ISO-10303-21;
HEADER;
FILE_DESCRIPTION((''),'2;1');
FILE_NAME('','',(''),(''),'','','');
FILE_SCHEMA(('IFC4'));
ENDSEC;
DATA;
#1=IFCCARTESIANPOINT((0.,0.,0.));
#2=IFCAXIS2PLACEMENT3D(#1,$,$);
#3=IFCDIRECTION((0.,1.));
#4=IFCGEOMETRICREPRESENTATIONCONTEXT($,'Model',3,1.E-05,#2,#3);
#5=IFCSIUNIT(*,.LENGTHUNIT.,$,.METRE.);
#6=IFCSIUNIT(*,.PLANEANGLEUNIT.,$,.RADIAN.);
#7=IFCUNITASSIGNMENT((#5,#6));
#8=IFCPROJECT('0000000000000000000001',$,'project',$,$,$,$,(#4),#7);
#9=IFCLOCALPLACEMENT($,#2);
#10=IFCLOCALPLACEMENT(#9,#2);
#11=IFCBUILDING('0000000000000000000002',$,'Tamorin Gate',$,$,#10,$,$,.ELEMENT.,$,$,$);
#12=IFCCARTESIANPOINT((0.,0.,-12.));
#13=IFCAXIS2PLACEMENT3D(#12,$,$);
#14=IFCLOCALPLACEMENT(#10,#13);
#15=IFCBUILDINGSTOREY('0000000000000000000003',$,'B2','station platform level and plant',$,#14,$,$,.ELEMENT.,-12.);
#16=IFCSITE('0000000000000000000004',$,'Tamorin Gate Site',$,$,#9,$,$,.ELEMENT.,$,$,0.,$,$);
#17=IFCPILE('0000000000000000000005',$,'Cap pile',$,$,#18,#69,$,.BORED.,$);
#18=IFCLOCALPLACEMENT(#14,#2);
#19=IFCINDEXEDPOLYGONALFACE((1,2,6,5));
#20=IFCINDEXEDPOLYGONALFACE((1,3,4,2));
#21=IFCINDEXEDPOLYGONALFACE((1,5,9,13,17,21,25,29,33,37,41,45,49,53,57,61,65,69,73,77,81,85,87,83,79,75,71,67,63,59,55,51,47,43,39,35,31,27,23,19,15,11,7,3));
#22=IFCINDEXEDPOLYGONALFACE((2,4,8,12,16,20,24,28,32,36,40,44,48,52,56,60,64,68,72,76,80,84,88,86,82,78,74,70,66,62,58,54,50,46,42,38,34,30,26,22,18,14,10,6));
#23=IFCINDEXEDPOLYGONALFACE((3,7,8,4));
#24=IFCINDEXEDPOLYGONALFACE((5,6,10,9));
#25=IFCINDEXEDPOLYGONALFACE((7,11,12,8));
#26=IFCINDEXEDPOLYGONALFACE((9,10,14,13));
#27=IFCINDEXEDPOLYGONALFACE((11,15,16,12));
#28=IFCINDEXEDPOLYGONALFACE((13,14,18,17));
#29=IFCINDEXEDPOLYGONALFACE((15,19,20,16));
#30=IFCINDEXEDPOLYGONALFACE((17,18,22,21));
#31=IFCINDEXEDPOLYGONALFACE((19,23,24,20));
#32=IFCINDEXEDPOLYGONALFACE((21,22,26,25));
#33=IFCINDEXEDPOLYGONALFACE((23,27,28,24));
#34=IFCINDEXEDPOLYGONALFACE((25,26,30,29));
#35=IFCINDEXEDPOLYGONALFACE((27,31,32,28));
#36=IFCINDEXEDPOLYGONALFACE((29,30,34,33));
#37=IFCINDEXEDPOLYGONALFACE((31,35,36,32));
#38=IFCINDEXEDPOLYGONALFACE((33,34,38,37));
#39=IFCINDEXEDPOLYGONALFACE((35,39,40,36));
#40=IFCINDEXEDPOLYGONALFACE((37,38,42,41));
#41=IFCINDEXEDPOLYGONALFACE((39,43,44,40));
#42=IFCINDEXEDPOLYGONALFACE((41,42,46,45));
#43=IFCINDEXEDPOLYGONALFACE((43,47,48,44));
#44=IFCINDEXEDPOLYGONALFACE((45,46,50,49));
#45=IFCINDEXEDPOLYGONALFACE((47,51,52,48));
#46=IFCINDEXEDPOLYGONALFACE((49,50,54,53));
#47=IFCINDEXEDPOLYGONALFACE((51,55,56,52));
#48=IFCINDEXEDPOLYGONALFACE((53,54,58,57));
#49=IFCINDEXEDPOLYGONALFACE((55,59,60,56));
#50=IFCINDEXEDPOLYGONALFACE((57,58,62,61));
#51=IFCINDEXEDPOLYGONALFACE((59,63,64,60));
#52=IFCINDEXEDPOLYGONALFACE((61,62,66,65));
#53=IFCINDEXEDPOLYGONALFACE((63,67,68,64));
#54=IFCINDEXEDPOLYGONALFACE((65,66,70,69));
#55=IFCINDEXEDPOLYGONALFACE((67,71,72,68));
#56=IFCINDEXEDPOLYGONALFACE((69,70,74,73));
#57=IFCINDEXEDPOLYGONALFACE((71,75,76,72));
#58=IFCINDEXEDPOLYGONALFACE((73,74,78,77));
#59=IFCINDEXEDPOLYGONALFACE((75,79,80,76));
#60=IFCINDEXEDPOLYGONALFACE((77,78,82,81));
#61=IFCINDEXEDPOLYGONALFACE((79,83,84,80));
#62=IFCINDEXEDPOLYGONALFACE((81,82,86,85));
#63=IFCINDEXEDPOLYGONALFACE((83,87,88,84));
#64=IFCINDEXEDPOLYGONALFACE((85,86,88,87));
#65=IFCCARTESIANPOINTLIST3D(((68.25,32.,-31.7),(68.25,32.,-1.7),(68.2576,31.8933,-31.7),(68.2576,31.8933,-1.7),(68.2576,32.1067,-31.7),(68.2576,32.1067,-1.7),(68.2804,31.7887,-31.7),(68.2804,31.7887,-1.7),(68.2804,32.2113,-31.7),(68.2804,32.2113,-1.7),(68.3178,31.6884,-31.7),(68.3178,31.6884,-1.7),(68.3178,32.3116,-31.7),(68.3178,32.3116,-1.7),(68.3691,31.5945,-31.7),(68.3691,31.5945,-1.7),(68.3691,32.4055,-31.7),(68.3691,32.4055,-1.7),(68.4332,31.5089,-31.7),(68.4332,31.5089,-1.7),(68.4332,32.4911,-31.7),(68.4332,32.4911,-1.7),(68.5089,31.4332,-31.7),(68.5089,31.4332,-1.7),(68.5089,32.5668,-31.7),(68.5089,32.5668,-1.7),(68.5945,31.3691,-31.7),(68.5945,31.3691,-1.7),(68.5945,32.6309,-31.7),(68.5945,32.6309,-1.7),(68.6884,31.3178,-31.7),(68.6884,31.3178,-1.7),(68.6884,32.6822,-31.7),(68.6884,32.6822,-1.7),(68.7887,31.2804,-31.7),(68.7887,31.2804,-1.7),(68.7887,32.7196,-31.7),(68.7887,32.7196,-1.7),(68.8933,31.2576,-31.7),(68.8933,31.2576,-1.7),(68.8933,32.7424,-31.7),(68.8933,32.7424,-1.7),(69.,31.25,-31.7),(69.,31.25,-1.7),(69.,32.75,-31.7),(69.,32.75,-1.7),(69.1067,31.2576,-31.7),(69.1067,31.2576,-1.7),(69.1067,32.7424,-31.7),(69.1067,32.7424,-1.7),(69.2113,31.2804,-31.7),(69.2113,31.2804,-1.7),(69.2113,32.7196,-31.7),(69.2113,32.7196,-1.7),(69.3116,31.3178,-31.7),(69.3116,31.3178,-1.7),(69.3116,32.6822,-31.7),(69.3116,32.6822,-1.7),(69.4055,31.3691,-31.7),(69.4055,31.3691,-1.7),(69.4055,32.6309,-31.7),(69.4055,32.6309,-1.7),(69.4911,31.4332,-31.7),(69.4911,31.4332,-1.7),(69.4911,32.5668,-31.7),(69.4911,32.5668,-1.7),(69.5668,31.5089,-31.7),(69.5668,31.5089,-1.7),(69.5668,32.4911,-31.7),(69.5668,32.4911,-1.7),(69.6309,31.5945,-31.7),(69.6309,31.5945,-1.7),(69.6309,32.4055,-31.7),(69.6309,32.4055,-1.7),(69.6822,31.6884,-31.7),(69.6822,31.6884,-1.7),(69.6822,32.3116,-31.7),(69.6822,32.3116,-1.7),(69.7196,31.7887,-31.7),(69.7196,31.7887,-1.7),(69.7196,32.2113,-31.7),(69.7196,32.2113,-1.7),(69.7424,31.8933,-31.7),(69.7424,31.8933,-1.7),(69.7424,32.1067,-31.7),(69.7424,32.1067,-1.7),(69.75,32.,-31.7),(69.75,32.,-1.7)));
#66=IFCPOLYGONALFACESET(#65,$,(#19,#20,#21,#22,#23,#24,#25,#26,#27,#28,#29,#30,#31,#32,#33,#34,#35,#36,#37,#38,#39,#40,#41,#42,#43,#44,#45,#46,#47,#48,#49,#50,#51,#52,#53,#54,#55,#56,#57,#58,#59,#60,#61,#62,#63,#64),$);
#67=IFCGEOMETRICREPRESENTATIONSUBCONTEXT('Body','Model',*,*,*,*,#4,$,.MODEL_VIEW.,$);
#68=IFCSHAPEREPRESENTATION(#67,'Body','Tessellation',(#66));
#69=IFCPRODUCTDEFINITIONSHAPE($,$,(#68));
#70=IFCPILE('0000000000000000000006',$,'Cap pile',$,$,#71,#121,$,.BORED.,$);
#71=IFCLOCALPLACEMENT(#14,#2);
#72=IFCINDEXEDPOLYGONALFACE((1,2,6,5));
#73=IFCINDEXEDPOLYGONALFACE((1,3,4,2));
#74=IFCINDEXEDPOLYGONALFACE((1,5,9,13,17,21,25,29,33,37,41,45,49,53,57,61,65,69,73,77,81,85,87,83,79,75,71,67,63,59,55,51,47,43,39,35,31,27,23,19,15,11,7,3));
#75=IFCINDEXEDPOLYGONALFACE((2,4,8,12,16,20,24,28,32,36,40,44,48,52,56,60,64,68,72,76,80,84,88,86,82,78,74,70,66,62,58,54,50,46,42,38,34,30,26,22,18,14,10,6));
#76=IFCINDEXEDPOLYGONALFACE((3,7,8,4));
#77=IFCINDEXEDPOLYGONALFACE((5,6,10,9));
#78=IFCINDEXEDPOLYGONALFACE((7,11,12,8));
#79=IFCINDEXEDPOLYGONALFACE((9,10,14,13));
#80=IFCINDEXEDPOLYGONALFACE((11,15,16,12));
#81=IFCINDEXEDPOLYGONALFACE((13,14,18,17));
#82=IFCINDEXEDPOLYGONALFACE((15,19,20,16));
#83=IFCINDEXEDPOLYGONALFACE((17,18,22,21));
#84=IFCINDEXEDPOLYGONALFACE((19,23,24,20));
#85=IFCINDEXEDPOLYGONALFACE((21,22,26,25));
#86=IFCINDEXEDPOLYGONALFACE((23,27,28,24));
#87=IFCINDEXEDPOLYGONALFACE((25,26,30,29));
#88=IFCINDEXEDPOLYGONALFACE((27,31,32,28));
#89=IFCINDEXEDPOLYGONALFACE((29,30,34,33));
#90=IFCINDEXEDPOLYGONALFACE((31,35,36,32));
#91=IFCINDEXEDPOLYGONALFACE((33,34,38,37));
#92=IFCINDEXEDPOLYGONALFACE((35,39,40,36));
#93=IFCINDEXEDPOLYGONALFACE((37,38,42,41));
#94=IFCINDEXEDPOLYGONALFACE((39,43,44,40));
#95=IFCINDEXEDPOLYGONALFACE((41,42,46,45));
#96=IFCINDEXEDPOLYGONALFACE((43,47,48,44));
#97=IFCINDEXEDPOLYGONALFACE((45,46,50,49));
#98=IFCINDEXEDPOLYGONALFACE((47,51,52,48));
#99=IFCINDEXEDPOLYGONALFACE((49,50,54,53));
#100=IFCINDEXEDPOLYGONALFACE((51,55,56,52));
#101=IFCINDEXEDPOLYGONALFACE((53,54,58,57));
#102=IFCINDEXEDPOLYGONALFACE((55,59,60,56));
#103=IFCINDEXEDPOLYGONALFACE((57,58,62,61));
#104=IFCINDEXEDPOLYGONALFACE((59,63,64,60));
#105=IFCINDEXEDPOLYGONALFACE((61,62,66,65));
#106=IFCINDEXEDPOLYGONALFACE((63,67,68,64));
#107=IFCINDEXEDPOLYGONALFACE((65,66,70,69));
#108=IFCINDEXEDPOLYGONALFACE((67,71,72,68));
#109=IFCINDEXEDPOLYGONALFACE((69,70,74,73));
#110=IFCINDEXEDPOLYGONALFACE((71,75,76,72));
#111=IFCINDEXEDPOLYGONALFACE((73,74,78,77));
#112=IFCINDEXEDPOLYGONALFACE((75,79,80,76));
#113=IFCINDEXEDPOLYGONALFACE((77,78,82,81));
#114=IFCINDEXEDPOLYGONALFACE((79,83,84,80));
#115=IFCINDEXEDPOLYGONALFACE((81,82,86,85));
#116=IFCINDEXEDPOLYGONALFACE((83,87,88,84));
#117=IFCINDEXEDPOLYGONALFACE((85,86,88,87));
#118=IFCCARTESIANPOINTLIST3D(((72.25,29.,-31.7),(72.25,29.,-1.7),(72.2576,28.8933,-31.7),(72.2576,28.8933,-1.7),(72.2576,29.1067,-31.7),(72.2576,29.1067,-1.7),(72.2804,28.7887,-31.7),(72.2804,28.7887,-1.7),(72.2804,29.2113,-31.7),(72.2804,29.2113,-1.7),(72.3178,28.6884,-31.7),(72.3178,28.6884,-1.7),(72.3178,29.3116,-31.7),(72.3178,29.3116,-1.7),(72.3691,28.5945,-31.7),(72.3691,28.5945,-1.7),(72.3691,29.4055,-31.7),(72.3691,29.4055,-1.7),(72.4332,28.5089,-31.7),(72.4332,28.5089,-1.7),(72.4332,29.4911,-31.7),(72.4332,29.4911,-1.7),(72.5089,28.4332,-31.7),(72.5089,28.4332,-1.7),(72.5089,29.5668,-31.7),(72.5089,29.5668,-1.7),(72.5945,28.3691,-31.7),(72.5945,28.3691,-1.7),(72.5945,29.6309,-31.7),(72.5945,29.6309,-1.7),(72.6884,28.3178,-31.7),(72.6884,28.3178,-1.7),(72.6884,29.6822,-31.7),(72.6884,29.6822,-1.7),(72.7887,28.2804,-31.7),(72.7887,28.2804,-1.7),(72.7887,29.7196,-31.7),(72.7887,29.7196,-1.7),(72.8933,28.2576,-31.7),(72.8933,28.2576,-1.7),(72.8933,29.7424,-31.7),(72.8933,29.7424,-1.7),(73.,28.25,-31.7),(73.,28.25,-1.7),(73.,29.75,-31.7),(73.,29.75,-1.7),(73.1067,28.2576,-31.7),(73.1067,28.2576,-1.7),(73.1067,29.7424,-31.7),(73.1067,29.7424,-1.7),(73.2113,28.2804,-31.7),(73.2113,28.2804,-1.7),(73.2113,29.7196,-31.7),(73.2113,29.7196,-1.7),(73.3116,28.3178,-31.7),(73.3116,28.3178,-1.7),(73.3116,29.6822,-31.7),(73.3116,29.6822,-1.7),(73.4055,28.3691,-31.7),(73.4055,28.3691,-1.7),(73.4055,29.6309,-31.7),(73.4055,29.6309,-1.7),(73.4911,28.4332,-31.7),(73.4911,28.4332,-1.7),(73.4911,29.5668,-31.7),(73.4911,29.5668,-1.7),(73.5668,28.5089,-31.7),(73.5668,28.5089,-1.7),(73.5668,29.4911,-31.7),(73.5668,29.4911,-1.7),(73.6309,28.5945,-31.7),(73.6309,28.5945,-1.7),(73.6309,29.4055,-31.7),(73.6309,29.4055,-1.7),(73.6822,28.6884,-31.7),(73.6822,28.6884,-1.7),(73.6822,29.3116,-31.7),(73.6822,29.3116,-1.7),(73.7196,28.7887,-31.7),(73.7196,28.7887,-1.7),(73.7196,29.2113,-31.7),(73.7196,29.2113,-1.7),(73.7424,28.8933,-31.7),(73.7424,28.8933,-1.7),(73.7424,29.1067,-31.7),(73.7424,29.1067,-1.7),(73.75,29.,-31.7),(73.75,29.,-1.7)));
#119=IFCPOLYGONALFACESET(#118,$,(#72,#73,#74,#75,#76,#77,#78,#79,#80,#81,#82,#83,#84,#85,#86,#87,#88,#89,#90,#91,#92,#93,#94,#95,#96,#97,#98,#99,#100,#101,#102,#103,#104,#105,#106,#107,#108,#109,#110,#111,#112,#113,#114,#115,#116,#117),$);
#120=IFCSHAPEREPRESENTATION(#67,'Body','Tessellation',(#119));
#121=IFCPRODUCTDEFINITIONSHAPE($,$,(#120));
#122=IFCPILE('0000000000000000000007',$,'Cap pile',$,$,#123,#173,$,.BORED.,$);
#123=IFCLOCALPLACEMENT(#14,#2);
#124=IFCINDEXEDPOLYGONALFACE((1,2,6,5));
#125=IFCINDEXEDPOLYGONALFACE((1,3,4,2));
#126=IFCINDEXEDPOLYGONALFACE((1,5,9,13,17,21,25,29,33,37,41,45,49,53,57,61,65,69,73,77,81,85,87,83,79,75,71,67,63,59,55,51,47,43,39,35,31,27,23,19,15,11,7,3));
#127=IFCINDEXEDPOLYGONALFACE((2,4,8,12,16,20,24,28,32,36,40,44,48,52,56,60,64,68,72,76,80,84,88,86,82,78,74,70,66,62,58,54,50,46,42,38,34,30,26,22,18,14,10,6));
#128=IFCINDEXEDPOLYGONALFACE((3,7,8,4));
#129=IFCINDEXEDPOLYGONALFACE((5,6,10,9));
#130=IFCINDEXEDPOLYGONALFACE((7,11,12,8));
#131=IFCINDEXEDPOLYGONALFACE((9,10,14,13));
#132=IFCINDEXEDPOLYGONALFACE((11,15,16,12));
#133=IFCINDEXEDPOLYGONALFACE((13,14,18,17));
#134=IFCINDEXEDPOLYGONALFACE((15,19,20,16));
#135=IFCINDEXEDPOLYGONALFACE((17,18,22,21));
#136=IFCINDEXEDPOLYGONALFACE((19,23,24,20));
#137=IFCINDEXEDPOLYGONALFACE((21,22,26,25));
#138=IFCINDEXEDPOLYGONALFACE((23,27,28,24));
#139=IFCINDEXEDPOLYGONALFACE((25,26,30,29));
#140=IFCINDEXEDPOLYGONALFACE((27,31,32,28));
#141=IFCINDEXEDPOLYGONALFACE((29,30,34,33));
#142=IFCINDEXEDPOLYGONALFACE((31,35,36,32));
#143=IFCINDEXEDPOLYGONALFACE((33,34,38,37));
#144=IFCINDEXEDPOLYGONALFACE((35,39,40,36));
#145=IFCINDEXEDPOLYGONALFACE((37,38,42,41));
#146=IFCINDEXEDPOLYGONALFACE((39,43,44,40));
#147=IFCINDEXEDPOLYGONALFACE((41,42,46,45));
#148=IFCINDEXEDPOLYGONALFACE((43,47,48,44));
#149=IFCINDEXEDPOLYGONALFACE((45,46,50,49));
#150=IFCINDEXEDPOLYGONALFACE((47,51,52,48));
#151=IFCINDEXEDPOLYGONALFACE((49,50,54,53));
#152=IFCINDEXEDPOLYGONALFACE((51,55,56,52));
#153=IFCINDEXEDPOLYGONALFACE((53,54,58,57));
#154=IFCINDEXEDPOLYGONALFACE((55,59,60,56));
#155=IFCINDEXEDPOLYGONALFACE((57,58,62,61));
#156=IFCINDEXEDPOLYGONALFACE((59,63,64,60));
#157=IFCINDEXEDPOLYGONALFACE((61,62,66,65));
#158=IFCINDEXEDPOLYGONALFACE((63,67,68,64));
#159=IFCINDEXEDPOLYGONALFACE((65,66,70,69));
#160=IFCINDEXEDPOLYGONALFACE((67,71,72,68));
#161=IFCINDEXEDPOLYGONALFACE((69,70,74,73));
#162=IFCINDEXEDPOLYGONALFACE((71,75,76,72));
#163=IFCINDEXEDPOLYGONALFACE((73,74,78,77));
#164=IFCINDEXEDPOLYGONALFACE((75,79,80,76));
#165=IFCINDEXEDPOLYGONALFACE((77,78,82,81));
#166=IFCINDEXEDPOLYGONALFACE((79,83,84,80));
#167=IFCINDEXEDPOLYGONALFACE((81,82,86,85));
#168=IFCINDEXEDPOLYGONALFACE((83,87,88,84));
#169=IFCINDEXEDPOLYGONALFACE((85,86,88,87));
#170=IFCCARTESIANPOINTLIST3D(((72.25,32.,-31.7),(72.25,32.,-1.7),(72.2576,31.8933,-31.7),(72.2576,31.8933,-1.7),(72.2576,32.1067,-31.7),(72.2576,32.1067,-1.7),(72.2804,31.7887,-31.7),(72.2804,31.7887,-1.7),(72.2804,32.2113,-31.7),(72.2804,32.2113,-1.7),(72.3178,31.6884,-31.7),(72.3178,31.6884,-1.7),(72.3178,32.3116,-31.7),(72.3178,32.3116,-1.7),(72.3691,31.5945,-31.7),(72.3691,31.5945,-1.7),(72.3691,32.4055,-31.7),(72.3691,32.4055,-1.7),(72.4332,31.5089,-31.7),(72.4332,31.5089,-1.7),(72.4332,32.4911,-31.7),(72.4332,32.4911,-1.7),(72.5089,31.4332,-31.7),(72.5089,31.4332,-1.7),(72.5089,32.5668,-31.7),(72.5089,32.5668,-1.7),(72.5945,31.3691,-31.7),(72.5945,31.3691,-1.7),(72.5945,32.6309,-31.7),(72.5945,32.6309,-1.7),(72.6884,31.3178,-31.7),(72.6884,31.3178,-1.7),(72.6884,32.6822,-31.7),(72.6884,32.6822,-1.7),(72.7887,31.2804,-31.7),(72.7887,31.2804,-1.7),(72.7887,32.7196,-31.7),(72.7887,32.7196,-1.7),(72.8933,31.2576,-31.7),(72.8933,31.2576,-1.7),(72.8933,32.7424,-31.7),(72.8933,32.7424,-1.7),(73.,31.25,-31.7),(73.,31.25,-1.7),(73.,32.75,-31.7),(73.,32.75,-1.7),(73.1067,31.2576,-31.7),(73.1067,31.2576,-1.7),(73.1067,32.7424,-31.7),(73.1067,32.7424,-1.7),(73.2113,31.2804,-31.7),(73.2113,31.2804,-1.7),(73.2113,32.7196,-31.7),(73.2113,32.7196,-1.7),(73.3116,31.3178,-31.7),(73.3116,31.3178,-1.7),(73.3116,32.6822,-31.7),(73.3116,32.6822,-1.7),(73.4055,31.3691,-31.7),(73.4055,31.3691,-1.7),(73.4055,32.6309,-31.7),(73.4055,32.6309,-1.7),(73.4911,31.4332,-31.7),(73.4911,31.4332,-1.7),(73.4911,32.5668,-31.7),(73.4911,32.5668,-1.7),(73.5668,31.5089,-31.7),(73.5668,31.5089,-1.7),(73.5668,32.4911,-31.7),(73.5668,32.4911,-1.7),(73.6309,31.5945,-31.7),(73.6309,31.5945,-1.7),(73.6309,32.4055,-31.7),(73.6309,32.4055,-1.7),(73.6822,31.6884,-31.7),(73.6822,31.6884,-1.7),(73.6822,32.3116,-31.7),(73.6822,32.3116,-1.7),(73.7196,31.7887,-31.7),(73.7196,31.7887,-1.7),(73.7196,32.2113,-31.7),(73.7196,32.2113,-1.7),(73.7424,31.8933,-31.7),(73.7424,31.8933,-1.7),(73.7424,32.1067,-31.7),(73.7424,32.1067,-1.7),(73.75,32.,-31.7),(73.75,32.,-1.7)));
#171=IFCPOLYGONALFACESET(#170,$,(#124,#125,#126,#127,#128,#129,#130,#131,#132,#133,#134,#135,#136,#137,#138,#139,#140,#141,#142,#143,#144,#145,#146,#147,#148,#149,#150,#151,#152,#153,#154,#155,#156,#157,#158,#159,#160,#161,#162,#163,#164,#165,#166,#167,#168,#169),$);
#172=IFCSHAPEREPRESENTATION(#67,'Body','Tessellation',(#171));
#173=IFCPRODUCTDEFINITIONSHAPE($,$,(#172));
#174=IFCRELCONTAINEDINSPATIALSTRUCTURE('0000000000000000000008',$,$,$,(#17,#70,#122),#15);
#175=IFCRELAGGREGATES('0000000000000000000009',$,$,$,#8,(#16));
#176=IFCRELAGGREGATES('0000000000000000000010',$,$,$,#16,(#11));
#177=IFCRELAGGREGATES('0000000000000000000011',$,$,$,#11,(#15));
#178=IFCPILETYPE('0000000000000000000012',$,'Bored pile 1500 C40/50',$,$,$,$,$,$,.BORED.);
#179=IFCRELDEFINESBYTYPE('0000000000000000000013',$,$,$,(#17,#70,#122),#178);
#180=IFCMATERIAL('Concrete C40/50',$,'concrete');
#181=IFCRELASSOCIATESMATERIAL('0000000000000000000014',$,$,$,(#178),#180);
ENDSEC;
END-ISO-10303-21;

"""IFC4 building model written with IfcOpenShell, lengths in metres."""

from ifc_helpers import new_model, si_unit, direction, frame, origin, origin_2d, place, context, subcontext, project, spatial, circle, extrude, material, material_profile, profile_set, type_object, element, save


model = new_model("IFC4")

# Units and contexts
model_context = context("Model", 3, precision=1e-05, world=origin(), true_north=direction((0.0, 1.0)))
body_context = subcontext(model_context, "Body", "Model", "MODEL_VIEW")
ifc_project = project(units=[si_unit("LENGTHUNIT", "METRE"), si_unit("PLANEANGLEUNIT", "RADIAN")], contexts=[model_context])

# Site, building, storey
site_placement = place(None, origin())
site = spatial("IfcSite", under=ifc_project, at=site_placement, Name="Tamorin Gate Site", CompositionType="ELEMENT", RefElevation=0.0)
building_placement = place(site_placement, origin())
building = spatial("IfcBuilding", under=site, at=building_placement, Name="Tamorin Gate", CompositionType="ELEMENT")
storey_placement = place(building_placement, frame((0.0, 0.0, -12.0)))
storey = spatial("IfcBuildingStorey", under=building, at=storey_placement, Name="B2", Description="station platform level and plant", CompositionType="ELEMENT", Elevation=-12.0)

# Piles
ifc_material_1 = material(Name="Concrete C40/50", Category="concrete")
ifc_material_profile_1 = material_profile(ifc_material_1, circle(Radius=0.75, at=origin_2d()))
ifc_profile_set_1 = profile_set([ifc_material_profile_1], Name="Concrete C40/50")
pile_type = type_object("IfcPileType", Name="Bored pile 1500 C40/50", PredefinedType="BORED", material=ifc_profile_set_1)
for number, where, z_axis, x_axis, name in (
    (1, (69.0, 32.0, -1.7), (0.0, 0.0, -1.0), (1.0, 0.0, 0.0), "Cap pile"),
    (2, (73.0, 29.0, -1.7), (0.0, 0.0, -1.0), (1.0, 0.0, 0.0), "Cap pile"),
    (3, (73.0, 32.0, -1.7), (0.0, 0.0, -1.0), (1.0, 0.0, 0.0), "Cap pile"),
):
    element("IfcPile", number, at=place(storey_placement, frame(where, z_axis=z_axis, x_axis=x_axis)), inside=storey, type_object=pile_type, Name=name, PredefinedType="BORED", context=body_context, shape_type="SweptSolid", body=[
        extrude(circle(Radius=0.75, at=origin_2d()), origin(), (0.0, 0.0, 1.0), 30.0),
    ])

save(model, "model.ifc")
